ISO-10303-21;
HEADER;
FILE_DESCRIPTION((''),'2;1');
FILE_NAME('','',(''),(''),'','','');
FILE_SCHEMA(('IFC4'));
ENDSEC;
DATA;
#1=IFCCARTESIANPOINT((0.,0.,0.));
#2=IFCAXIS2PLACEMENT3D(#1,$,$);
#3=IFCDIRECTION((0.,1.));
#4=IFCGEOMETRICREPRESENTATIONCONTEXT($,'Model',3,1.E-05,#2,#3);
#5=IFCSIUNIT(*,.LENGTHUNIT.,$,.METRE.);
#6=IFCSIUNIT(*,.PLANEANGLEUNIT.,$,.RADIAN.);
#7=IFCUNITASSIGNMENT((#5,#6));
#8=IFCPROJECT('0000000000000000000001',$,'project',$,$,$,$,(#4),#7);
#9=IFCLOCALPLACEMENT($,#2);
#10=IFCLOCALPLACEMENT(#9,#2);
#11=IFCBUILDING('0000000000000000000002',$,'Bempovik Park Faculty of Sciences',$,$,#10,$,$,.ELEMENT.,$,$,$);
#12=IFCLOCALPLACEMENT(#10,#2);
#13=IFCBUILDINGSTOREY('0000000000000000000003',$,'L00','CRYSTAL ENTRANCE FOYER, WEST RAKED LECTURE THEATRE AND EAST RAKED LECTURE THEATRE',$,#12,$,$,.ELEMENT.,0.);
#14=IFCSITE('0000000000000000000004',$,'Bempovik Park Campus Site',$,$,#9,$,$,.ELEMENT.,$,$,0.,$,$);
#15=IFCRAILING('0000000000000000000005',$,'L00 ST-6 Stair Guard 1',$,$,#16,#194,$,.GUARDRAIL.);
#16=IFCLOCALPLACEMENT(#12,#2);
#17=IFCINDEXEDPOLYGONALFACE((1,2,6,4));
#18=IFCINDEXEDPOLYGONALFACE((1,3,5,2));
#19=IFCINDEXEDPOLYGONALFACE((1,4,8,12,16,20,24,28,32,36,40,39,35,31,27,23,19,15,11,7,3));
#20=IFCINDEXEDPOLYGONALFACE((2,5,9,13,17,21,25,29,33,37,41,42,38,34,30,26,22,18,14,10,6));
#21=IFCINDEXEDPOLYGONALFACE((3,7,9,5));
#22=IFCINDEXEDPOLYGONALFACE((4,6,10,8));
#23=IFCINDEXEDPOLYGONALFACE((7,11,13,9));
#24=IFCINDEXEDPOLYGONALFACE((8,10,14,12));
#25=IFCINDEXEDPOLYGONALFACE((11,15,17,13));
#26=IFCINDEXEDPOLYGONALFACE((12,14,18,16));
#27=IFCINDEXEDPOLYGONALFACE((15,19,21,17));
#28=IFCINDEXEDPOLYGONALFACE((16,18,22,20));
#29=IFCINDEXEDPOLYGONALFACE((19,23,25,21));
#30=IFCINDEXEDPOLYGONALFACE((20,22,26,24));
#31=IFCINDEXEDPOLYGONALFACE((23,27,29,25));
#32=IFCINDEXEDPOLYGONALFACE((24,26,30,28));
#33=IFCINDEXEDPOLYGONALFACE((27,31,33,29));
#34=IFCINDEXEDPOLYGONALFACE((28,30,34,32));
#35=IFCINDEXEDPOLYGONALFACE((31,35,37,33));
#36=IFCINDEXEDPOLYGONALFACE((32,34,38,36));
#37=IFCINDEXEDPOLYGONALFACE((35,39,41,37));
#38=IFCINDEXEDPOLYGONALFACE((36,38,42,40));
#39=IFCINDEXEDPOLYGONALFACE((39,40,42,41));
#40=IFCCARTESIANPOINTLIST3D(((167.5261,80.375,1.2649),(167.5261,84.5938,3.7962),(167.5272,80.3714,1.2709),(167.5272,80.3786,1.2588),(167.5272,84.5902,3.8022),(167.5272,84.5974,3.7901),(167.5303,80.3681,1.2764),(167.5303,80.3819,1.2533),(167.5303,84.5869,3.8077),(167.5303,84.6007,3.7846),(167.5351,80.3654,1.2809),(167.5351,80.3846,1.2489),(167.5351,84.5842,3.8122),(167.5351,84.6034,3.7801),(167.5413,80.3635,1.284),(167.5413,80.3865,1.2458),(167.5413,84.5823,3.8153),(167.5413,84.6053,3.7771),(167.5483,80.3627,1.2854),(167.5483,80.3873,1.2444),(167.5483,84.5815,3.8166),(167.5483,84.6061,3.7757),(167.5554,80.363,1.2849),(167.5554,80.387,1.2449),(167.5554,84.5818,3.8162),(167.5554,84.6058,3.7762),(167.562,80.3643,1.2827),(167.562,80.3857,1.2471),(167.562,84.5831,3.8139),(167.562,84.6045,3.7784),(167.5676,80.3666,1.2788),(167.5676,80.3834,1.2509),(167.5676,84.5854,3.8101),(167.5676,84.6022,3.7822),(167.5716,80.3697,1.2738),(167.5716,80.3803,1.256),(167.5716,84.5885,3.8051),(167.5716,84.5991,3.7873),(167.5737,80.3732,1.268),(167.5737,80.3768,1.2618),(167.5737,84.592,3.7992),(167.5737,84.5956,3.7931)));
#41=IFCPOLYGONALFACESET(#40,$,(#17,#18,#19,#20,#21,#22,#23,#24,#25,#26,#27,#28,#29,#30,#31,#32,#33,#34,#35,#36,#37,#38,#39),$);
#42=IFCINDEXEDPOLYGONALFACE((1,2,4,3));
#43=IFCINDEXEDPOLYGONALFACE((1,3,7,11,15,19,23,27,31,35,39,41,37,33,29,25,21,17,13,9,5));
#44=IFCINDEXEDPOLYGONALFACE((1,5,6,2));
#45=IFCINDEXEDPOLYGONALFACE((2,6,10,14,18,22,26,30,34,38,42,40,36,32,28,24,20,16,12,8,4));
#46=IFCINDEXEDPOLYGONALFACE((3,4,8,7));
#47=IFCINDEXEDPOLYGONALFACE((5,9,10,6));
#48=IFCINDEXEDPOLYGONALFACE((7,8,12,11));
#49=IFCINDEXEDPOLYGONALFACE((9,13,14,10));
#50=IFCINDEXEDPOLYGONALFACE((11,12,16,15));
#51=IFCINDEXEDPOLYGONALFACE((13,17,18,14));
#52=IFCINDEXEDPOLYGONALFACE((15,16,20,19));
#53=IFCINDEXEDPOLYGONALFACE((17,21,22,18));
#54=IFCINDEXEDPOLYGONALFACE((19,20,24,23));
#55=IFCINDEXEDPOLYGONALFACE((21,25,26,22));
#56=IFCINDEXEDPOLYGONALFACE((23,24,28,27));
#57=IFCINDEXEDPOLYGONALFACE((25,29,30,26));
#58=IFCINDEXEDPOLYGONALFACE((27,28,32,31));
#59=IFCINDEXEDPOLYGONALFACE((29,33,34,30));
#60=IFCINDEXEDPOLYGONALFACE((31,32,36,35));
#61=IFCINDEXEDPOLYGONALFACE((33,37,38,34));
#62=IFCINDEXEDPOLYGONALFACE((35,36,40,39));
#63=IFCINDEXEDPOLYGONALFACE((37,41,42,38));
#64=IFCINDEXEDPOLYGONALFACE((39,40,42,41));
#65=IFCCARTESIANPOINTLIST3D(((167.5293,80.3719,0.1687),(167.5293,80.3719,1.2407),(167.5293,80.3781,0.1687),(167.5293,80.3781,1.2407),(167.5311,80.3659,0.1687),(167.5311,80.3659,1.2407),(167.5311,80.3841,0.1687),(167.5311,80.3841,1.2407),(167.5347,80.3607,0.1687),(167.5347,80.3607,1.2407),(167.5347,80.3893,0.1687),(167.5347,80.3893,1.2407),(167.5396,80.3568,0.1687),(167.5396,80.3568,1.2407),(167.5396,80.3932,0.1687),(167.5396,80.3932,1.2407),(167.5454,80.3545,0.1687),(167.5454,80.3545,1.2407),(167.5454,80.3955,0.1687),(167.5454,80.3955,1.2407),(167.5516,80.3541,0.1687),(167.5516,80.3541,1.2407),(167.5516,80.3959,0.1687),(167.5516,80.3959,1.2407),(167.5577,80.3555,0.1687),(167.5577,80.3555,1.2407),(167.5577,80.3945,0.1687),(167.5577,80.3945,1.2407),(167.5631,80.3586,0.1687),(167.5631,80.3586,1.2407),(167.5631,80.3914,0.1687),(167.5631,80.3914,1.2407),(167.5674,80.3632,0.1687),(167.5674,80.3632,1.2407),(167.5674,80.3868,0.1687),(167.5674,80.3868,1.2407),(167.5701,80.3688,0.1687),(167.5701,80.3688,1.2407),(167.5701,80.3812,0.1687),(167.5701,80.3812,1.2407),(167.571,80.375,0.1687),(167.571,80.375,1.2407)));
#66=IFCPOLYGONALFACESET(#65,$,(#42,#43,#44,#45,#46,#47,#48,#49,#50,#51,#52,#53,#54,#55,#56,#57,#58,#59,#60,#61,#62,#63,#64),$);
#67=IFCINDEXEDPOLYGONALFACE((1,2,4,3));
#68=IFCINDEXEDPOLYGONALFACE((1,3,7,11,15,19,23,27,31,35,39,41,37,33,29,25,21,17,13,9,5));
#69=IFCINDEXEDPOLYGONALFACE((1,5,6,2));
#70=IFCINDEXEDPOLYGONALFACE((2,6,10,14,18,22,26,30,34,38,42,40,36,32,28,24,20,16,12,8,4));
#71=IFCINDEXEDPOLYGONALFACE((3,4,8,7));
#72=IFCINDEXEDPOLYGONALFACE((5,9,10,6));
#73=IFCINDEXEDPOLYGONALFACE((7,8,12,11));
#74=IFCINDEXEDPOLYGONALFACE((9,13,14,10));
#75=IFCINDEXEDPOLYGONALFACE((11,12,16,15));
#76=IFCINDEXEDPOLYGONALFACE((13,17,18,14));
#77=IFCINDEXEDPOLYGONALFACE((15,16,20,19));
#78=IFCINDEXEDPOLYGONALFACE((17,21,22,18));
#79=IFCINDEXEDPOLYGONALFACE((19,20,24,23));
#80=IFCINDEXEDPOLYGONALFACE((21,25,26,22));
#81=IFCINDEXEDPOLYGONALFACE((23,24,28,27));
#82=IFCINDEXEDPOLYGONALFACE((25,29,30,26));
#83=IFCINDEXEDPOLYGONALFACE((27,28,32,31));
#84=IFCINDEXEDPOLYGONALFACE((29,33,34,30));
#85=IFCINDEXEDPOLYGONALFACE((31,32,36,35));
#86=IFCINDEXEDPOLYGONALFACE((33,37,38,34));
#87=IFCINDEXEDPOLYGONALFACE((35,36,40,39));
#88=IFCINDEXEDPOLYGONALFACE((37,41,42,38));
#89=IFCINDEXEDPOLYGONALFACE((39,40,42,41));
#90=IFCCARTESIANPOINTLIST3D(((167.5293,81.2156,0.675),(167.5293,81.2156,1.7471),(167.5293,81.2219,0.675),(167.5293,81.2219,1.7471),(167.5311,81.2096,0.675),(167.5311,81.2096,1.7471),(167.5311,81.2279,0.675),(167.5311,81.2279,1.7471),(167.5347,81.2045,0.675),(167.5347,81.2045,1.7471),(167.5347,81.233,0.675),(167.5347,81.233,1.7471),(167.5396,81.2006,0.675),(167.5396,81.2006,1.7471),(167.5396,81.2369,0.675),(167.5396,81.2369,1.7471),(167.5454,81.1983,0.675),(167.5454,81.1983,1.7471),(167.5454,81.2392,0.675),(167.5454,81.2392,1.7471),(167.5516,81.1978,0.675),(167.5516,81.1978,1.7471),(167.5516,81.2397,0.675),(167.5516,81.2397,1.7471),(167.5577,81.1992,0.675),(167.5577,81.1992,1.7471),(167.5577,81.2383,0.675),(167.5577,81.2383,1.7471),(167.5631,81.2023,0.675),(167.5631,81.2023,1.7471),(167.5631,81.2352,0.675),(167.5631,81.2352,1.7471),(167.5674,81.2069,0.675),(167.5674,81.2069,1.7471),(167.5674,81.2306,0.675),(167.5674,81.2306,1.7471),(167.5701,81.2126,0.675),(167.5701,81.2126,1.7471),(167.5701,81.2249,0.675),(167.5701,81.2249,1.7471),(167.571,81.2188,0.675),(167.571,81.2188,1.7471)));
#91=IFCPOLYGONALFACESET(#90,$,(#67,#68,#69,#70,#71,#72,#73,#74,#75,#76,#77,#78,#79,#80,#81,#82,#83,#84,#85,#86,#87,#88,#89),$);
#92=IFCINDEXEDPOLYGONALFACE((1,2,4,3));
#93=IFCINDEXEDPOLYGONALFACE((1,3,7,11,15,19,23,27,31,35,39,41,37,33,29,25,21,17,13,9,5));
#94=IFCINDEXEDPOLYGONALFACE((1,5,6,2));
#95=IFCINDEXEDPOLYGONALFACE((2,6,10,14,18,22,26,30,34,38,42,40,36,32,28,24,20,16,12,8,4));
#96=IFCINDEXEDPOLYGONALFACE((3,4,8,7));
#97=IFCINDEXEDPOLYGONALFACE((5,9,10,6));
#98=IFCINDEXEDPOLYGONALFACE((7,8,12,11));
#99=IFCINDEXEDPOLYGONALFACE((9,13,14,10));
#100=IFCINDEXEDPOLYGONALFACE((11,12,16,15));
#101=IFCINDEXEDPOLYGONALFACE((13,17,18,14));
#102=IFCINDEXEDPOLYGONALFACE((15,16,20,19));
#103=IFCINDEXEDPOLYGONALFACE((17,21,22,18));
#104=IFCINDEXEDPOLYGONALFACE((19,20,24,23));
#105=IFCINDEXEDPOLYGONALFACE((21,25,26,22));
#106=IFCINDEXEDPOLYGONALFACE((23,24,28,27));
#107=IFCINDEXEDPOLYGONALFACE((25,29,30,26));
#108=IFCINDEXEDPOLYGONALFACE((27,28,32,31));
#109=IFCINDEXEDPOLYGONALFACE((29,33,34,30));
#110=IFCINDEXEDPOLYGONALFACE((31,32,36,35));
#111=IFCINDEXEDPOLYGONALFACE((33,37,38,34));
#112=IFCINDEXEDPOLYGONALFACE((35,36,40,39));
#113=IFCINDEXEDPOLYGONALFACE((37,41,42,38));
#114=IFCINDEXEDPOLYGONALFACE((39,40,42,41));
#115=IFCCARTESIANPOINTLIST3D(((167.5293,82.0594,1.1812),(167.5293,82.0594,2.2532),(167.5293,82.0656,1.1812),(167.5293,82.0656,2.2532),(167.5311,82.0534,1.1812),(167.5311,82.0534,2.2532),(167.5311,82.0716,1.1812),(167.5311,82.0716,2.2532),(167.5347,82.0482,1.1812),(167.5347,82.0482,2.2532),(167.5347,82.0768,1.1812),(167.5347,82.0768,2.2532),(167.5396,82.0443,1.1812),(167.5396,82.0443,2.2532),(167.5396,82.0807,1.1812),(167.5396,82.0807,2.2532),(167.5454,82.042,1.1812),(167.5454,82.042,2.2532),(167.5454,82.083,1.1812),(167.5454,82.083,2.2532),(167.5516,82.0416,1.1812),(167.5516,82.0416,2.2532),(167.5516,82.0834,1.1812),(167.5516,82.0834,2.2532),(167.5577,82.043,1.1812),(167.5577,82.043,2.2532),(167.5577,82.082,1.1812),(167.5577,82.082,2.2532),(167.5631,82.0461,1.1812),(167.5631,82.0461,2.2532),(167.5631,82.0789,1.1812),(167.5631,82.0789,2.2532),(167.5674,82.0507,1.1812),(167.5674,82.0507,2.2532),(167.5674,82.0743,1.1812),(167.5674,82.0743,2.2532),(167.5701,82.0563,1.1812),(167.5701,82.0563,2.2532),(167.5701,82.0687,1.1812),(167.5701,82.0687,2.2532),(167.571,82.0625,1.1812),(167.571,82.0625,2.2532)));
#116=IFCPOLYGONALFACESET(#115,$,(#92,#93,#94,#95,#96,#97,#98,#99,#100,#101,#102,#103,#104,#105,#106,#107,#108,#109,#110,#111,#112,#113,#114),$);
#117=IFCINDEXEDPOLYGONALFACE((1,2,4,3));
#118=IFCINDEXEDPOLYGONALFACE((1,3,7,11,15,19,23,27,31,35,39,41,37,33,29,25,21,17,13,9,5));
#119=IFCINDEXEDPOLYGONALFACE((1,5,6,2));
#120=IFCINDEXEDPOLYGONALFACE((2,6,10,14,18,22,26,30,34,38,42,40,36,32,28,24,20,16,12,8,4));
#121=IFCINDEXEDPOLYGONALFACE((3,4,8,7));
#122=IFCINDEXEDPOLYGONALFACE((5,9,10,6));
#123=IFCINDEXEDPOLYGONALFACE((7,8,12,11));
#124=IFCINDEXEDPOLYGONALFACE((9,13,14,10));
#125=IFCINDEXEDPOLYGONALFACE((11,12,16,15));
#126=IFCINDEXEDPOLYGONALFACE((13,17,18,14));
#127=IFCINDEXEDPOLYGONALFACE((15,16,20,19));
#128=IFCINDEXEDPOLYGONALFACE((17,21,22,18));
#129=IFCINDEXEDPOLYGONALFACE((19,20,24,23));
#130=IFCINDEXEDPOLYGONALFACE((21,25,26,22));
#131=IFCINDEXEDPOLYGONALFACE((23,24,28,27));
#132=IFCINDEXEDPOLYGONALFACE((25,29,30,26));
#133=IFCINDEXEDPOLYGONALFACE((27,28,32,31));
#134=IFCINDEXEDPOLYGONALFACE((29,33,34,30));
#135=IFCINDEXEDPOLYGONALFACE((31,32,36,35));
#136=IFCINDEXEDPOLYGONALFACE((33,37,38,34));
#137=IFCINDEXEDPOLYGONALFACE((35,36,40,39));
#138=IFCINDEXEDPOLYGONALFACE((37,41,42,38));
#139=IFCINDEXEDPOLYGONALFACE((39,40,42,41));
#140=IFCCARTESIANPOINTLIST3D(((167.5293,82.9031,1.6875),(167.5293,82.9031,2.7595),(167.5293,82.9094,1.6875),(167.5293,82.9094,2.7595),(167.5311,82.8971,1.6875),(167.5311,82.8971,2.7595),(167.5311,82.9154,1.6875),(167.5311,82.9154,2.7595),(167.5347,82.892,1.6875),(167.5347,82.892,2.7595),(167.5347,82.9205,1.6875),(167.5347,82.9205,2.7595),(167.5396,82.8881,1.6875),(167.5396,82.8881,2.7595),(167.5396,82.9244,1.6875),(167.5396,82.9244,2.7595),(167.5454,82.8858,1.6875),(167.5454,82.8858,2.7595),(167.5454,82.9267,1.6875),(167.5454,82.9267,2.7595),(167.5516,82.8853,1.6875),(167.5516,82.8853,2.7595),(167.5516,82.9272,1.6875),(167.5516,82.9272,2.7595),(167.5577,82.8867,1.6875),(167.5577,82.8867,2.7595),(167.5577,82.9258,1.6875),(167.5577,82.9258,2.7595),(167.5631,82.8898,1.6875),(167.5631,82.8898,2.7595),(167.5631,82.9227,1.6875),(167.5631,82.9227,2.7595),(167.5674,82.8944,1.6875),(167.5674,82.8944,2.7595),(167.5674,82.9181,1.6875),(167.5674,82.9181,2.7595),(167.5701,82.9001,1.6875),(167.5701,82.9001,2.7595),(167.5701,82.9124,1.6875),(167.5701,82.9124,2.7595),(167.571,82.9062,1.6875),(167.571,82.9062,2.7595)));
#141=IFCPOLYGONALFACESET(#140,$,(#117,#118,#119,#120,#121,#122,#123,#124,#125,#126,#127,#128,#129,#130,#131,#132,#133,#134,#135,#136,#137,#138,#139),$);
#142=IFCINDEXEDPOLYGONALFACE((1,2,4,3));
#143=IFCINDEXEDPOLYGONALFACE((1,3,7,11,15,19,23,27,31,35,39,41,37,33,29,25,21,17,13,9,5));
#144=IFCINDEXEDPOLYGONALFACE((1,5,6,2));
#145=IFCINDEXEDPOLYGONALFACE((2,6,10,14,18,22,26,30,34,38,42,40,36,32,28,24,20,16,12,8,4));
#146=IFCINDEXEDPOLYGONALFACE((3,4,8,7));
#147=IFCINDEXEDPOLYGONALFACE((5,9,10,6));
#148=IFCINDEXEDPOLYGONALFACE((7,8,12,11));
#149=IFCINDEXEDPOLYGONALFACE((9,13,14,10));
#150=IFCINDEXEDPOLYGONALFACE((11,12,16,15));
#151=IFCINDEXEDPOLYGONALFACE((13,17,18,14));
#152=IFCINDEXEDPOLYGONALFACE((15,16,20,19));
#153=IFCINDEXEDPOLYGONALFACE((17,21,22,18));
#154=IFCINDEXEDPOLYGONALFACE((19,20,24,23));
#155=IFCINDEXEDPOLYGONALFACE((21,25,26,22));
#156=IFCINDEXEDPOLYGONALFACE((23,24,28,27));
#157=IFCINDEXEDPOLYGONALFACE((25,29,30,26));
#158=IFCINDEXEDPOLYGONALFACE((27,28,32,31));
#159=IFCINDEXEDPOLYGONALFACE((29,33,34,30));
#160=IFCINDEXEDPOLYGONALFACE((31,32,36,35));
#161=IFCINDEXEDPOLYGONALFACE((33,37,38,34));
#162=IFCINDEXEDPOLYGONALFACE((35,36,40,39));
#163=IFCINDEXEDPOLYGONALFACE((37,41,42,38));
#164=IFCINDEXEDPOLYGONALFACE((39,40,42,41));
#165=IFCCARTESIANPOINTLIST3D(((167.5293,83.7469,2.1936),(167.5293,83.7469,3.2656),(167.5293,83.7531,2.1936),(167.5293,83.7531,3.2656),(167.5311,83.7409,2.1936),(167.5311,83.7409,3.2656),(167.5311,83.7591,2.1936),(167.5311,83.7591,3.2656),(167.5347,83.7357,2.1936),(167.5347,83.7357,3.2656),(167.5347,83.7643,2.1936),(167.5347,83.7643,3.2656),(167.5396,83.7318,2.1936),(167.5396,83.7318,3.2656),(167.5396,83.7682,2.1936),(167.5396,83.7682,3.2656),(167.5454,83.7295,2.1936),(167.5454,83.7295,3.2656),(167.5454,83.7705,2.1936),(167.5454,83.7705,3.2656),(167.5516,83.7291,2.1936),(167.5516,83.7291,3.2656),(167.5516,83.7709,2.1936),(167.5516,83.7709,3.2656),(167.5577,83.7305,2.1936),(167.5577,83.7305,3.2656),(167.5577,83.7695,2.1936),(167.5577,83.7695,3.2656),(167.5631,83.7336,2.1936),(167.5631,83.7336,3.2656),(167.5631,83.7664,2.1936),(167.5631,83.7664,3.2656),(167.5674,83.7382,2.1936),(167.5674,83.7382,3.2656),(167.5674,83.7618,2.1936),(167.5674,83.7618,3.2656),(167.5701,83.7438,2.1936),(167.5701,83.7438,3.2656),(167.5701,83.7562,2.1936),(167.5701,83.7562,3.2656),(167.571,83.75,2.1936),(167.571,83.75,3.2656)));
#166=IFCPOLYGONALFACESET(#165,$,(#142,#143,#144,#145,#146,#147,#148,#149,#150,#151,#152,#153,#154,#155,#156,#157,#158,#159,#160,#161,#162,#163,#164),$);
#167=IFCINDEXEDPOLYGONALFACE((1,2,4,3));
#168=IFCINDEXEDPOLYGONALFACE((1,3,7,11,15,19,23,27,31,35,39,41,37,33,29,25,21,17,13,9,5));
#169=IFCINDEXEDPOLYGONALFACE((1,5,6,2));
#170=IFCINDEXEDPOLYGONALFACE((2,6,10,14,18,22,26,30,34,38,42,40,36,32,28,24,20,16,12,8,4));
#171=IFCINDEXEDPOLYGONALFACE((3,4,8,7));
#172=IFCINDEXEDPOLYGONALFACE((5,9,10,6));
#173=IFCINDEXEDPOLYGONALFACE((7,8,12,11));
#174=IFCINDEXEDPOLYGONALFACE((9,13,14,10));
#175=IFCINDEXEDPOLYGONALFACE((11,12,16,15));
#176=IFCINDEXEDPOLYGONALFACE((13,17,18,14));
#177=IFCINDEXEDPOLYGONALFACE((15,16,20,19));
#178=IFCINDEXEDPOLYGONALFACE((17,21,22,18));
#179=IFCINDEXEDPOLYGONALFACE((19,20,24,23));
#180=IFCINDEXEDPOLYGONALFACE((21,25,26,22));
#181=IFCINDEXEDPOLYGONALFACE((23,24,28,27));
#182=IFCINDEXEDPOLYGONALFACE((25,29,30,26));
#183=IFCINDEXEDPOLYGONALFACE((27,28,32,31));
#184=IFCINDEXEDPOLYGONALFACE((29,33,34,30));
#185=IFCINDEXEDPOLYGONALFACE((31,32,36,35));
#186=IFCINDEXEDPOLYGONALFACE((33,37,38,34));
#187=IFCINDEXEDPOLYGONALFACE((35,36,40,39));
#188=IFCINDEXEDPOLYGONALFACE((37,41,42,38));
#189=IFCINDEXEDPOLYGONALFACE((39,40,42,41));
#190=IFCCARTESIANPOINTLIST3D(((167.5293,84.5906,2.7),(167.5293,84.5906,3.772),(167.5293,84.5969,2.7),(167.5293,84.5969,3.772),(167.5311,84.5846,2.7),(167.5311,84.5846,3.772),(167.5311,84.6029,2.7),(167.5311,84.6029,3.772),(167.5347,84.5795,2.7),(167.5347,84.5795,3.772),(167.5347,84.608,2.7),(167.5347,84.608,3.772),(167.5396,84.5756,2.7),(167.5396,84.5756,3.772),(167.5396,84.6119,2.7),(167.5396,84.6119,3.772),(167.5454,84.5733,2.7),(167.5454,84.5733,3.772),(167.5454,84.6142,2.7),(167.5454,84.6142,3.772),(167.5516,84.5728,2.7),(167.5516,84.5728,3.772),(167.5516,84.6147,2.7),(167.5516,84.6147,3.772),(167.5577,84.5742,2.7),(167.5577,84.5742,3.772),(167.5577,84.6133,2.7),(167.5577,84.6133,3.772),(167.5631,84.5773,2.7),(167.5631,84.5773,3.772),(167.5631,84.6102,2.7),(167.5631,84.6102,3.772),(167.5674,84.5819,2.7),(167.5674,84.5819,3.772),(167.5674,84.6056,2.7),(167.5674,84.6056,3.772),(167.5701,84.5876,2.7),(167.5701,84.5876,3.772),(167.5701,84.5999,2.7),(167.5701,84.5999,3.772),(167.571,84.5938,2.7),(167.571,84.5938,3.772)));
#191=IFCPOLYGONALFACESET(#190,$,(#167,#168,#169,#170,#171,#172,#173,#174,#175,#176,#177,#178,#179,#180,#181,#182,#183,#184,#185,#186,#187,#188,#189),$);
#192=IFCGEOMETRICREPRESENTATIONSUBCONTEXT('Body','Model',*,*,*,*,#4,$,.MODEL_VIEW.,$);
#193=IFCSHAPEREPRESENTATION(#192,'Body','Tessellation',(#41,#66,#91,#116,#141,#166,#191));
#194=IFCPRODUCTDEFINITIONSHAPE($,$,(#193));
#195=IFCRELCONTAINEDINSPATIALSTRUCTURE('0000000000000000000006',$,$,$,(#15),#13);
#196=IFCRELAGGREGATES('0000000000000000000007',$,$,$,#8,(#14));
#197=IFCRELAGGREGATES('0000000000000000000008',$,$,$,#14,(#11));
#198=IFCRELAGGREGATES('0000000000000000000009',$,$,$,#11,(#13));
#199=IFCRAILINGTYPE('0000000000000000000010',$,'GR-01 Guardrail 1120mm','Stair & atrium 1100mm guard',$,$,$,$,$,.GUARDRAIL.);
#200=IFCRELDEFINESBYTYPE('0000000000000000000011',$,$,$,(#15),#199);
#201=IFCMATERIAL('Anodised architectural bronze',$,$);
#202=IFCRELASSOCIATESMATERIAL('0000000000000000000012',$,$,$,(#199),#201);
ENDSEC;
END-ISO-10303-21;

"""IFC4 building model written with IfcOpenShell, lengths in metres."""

from ifc_helpers import new_model, si_unit, direction, frame, origin, origin_2d, place, context, subcontext, project, spatial, circle, extrude, material, type_object, element, save


model = new_model("IFC4")

# Units and contexts
model_context = context("Model", 3, precision=1e-05, world=origin(), true_north=direction((0.0, 1.0)))
body_context = subcontext(model_context, "Body", "Model", "MODEL_VIEW")
ifc_project = project(units=[si_unit("LENGTHUNIT", "METRE"), si_unit("PLANEANGLEUNIT", "RADIAN")], contexts=[model_context])

# Site, building, storey
site_placement = place(None, origin())
site = spatial("IfcSite", under=ifc_project, at=site_placement, Name="Bempovik Park Campus Site", CompositionType="ELEMENT", RefElevation=0.0)
building_placement = place(site_placement, origin())
building = spatial("IfcBuilding", under=site, at=building_placement, Name="Bempovik Park Faculty of Sciences", CompositionType="ELEMENT")
storey_placement = place(building_placement, origin())
storey = spatial("IfcBuildingStorey", under=building, at=storey_placement, Name="L00", Description="CRYSTAL ENTRANCE FOYER, WEST RAKED LECTURE THEATRE AND EAST RAKED LECTURE THEATRE", CompositionType="ELEMENT", Elevation=0.0)

# Railing
ifc_material_1 = material(Name="Anodised architectural bronze")
railing_type_1 = type_object("IfcRailingType", Name="GR-01 Guardrail 1120mm", Description="Stair & atrium 1100mm guard", PredefinedType="GUARDRAIL", material=ifc_material_1)
railing_1_placement = place(storey_placement, frame((167.55, 80.375, 0.1687)))
element("IfcRailing", 1, at=railing_1_placement, inside=storey, type_object=railing_type_1, Name="L00 ST-6 Stair Guard 1", PredefinedType="GUARDRAIL", context=body_context, shape_type="SweptSolid", body=[
    extrude(circle(Radius=0.0239, at=origin_2d()), frame((0.0, 0.0, 1.0962), z_axis=(0.0, 0.857493, 0.514496), x_axis=(-1.0, 0.0, 0.0)), (0.0, 0.0, 1.0), 4.9199),
    extrude(circle(Radius=0.021, at=origin_2d()), origin(), (0.0, 0.0, 1.0), 1.072),
    extrude(circle(Radius=0.021, at=origin_2d()), frame((0.0, 0.8438, 0.5063)), (0.0, 0.0, 1.0), 1.072),
    extrude(circle(Radius=0.021, at=origin_2d()), frame((0.0, 1.6875, 1.0125)), (0.0, 0.0, 1.0), 1.072),
    extrude(circle(Radius=0.021, at=origin_2d()), frame((0.0, 2.5312, 1.5188)), (0.0, 0.0, 1.0), 1.072),
    extrude(circle(Radius=0.021, at=origin_2d()), frame((0.0, 3.375, 2.0249)), (0.0, 0.0, 1.0), 1.072),
    extrude(circle(Radius=0.021, at=origin_2d()), frame((0.0, 4.2188, 2.5312)), (0.0, 0.0, 1.0), 1.072),
])

save(model, "model.ifc")
